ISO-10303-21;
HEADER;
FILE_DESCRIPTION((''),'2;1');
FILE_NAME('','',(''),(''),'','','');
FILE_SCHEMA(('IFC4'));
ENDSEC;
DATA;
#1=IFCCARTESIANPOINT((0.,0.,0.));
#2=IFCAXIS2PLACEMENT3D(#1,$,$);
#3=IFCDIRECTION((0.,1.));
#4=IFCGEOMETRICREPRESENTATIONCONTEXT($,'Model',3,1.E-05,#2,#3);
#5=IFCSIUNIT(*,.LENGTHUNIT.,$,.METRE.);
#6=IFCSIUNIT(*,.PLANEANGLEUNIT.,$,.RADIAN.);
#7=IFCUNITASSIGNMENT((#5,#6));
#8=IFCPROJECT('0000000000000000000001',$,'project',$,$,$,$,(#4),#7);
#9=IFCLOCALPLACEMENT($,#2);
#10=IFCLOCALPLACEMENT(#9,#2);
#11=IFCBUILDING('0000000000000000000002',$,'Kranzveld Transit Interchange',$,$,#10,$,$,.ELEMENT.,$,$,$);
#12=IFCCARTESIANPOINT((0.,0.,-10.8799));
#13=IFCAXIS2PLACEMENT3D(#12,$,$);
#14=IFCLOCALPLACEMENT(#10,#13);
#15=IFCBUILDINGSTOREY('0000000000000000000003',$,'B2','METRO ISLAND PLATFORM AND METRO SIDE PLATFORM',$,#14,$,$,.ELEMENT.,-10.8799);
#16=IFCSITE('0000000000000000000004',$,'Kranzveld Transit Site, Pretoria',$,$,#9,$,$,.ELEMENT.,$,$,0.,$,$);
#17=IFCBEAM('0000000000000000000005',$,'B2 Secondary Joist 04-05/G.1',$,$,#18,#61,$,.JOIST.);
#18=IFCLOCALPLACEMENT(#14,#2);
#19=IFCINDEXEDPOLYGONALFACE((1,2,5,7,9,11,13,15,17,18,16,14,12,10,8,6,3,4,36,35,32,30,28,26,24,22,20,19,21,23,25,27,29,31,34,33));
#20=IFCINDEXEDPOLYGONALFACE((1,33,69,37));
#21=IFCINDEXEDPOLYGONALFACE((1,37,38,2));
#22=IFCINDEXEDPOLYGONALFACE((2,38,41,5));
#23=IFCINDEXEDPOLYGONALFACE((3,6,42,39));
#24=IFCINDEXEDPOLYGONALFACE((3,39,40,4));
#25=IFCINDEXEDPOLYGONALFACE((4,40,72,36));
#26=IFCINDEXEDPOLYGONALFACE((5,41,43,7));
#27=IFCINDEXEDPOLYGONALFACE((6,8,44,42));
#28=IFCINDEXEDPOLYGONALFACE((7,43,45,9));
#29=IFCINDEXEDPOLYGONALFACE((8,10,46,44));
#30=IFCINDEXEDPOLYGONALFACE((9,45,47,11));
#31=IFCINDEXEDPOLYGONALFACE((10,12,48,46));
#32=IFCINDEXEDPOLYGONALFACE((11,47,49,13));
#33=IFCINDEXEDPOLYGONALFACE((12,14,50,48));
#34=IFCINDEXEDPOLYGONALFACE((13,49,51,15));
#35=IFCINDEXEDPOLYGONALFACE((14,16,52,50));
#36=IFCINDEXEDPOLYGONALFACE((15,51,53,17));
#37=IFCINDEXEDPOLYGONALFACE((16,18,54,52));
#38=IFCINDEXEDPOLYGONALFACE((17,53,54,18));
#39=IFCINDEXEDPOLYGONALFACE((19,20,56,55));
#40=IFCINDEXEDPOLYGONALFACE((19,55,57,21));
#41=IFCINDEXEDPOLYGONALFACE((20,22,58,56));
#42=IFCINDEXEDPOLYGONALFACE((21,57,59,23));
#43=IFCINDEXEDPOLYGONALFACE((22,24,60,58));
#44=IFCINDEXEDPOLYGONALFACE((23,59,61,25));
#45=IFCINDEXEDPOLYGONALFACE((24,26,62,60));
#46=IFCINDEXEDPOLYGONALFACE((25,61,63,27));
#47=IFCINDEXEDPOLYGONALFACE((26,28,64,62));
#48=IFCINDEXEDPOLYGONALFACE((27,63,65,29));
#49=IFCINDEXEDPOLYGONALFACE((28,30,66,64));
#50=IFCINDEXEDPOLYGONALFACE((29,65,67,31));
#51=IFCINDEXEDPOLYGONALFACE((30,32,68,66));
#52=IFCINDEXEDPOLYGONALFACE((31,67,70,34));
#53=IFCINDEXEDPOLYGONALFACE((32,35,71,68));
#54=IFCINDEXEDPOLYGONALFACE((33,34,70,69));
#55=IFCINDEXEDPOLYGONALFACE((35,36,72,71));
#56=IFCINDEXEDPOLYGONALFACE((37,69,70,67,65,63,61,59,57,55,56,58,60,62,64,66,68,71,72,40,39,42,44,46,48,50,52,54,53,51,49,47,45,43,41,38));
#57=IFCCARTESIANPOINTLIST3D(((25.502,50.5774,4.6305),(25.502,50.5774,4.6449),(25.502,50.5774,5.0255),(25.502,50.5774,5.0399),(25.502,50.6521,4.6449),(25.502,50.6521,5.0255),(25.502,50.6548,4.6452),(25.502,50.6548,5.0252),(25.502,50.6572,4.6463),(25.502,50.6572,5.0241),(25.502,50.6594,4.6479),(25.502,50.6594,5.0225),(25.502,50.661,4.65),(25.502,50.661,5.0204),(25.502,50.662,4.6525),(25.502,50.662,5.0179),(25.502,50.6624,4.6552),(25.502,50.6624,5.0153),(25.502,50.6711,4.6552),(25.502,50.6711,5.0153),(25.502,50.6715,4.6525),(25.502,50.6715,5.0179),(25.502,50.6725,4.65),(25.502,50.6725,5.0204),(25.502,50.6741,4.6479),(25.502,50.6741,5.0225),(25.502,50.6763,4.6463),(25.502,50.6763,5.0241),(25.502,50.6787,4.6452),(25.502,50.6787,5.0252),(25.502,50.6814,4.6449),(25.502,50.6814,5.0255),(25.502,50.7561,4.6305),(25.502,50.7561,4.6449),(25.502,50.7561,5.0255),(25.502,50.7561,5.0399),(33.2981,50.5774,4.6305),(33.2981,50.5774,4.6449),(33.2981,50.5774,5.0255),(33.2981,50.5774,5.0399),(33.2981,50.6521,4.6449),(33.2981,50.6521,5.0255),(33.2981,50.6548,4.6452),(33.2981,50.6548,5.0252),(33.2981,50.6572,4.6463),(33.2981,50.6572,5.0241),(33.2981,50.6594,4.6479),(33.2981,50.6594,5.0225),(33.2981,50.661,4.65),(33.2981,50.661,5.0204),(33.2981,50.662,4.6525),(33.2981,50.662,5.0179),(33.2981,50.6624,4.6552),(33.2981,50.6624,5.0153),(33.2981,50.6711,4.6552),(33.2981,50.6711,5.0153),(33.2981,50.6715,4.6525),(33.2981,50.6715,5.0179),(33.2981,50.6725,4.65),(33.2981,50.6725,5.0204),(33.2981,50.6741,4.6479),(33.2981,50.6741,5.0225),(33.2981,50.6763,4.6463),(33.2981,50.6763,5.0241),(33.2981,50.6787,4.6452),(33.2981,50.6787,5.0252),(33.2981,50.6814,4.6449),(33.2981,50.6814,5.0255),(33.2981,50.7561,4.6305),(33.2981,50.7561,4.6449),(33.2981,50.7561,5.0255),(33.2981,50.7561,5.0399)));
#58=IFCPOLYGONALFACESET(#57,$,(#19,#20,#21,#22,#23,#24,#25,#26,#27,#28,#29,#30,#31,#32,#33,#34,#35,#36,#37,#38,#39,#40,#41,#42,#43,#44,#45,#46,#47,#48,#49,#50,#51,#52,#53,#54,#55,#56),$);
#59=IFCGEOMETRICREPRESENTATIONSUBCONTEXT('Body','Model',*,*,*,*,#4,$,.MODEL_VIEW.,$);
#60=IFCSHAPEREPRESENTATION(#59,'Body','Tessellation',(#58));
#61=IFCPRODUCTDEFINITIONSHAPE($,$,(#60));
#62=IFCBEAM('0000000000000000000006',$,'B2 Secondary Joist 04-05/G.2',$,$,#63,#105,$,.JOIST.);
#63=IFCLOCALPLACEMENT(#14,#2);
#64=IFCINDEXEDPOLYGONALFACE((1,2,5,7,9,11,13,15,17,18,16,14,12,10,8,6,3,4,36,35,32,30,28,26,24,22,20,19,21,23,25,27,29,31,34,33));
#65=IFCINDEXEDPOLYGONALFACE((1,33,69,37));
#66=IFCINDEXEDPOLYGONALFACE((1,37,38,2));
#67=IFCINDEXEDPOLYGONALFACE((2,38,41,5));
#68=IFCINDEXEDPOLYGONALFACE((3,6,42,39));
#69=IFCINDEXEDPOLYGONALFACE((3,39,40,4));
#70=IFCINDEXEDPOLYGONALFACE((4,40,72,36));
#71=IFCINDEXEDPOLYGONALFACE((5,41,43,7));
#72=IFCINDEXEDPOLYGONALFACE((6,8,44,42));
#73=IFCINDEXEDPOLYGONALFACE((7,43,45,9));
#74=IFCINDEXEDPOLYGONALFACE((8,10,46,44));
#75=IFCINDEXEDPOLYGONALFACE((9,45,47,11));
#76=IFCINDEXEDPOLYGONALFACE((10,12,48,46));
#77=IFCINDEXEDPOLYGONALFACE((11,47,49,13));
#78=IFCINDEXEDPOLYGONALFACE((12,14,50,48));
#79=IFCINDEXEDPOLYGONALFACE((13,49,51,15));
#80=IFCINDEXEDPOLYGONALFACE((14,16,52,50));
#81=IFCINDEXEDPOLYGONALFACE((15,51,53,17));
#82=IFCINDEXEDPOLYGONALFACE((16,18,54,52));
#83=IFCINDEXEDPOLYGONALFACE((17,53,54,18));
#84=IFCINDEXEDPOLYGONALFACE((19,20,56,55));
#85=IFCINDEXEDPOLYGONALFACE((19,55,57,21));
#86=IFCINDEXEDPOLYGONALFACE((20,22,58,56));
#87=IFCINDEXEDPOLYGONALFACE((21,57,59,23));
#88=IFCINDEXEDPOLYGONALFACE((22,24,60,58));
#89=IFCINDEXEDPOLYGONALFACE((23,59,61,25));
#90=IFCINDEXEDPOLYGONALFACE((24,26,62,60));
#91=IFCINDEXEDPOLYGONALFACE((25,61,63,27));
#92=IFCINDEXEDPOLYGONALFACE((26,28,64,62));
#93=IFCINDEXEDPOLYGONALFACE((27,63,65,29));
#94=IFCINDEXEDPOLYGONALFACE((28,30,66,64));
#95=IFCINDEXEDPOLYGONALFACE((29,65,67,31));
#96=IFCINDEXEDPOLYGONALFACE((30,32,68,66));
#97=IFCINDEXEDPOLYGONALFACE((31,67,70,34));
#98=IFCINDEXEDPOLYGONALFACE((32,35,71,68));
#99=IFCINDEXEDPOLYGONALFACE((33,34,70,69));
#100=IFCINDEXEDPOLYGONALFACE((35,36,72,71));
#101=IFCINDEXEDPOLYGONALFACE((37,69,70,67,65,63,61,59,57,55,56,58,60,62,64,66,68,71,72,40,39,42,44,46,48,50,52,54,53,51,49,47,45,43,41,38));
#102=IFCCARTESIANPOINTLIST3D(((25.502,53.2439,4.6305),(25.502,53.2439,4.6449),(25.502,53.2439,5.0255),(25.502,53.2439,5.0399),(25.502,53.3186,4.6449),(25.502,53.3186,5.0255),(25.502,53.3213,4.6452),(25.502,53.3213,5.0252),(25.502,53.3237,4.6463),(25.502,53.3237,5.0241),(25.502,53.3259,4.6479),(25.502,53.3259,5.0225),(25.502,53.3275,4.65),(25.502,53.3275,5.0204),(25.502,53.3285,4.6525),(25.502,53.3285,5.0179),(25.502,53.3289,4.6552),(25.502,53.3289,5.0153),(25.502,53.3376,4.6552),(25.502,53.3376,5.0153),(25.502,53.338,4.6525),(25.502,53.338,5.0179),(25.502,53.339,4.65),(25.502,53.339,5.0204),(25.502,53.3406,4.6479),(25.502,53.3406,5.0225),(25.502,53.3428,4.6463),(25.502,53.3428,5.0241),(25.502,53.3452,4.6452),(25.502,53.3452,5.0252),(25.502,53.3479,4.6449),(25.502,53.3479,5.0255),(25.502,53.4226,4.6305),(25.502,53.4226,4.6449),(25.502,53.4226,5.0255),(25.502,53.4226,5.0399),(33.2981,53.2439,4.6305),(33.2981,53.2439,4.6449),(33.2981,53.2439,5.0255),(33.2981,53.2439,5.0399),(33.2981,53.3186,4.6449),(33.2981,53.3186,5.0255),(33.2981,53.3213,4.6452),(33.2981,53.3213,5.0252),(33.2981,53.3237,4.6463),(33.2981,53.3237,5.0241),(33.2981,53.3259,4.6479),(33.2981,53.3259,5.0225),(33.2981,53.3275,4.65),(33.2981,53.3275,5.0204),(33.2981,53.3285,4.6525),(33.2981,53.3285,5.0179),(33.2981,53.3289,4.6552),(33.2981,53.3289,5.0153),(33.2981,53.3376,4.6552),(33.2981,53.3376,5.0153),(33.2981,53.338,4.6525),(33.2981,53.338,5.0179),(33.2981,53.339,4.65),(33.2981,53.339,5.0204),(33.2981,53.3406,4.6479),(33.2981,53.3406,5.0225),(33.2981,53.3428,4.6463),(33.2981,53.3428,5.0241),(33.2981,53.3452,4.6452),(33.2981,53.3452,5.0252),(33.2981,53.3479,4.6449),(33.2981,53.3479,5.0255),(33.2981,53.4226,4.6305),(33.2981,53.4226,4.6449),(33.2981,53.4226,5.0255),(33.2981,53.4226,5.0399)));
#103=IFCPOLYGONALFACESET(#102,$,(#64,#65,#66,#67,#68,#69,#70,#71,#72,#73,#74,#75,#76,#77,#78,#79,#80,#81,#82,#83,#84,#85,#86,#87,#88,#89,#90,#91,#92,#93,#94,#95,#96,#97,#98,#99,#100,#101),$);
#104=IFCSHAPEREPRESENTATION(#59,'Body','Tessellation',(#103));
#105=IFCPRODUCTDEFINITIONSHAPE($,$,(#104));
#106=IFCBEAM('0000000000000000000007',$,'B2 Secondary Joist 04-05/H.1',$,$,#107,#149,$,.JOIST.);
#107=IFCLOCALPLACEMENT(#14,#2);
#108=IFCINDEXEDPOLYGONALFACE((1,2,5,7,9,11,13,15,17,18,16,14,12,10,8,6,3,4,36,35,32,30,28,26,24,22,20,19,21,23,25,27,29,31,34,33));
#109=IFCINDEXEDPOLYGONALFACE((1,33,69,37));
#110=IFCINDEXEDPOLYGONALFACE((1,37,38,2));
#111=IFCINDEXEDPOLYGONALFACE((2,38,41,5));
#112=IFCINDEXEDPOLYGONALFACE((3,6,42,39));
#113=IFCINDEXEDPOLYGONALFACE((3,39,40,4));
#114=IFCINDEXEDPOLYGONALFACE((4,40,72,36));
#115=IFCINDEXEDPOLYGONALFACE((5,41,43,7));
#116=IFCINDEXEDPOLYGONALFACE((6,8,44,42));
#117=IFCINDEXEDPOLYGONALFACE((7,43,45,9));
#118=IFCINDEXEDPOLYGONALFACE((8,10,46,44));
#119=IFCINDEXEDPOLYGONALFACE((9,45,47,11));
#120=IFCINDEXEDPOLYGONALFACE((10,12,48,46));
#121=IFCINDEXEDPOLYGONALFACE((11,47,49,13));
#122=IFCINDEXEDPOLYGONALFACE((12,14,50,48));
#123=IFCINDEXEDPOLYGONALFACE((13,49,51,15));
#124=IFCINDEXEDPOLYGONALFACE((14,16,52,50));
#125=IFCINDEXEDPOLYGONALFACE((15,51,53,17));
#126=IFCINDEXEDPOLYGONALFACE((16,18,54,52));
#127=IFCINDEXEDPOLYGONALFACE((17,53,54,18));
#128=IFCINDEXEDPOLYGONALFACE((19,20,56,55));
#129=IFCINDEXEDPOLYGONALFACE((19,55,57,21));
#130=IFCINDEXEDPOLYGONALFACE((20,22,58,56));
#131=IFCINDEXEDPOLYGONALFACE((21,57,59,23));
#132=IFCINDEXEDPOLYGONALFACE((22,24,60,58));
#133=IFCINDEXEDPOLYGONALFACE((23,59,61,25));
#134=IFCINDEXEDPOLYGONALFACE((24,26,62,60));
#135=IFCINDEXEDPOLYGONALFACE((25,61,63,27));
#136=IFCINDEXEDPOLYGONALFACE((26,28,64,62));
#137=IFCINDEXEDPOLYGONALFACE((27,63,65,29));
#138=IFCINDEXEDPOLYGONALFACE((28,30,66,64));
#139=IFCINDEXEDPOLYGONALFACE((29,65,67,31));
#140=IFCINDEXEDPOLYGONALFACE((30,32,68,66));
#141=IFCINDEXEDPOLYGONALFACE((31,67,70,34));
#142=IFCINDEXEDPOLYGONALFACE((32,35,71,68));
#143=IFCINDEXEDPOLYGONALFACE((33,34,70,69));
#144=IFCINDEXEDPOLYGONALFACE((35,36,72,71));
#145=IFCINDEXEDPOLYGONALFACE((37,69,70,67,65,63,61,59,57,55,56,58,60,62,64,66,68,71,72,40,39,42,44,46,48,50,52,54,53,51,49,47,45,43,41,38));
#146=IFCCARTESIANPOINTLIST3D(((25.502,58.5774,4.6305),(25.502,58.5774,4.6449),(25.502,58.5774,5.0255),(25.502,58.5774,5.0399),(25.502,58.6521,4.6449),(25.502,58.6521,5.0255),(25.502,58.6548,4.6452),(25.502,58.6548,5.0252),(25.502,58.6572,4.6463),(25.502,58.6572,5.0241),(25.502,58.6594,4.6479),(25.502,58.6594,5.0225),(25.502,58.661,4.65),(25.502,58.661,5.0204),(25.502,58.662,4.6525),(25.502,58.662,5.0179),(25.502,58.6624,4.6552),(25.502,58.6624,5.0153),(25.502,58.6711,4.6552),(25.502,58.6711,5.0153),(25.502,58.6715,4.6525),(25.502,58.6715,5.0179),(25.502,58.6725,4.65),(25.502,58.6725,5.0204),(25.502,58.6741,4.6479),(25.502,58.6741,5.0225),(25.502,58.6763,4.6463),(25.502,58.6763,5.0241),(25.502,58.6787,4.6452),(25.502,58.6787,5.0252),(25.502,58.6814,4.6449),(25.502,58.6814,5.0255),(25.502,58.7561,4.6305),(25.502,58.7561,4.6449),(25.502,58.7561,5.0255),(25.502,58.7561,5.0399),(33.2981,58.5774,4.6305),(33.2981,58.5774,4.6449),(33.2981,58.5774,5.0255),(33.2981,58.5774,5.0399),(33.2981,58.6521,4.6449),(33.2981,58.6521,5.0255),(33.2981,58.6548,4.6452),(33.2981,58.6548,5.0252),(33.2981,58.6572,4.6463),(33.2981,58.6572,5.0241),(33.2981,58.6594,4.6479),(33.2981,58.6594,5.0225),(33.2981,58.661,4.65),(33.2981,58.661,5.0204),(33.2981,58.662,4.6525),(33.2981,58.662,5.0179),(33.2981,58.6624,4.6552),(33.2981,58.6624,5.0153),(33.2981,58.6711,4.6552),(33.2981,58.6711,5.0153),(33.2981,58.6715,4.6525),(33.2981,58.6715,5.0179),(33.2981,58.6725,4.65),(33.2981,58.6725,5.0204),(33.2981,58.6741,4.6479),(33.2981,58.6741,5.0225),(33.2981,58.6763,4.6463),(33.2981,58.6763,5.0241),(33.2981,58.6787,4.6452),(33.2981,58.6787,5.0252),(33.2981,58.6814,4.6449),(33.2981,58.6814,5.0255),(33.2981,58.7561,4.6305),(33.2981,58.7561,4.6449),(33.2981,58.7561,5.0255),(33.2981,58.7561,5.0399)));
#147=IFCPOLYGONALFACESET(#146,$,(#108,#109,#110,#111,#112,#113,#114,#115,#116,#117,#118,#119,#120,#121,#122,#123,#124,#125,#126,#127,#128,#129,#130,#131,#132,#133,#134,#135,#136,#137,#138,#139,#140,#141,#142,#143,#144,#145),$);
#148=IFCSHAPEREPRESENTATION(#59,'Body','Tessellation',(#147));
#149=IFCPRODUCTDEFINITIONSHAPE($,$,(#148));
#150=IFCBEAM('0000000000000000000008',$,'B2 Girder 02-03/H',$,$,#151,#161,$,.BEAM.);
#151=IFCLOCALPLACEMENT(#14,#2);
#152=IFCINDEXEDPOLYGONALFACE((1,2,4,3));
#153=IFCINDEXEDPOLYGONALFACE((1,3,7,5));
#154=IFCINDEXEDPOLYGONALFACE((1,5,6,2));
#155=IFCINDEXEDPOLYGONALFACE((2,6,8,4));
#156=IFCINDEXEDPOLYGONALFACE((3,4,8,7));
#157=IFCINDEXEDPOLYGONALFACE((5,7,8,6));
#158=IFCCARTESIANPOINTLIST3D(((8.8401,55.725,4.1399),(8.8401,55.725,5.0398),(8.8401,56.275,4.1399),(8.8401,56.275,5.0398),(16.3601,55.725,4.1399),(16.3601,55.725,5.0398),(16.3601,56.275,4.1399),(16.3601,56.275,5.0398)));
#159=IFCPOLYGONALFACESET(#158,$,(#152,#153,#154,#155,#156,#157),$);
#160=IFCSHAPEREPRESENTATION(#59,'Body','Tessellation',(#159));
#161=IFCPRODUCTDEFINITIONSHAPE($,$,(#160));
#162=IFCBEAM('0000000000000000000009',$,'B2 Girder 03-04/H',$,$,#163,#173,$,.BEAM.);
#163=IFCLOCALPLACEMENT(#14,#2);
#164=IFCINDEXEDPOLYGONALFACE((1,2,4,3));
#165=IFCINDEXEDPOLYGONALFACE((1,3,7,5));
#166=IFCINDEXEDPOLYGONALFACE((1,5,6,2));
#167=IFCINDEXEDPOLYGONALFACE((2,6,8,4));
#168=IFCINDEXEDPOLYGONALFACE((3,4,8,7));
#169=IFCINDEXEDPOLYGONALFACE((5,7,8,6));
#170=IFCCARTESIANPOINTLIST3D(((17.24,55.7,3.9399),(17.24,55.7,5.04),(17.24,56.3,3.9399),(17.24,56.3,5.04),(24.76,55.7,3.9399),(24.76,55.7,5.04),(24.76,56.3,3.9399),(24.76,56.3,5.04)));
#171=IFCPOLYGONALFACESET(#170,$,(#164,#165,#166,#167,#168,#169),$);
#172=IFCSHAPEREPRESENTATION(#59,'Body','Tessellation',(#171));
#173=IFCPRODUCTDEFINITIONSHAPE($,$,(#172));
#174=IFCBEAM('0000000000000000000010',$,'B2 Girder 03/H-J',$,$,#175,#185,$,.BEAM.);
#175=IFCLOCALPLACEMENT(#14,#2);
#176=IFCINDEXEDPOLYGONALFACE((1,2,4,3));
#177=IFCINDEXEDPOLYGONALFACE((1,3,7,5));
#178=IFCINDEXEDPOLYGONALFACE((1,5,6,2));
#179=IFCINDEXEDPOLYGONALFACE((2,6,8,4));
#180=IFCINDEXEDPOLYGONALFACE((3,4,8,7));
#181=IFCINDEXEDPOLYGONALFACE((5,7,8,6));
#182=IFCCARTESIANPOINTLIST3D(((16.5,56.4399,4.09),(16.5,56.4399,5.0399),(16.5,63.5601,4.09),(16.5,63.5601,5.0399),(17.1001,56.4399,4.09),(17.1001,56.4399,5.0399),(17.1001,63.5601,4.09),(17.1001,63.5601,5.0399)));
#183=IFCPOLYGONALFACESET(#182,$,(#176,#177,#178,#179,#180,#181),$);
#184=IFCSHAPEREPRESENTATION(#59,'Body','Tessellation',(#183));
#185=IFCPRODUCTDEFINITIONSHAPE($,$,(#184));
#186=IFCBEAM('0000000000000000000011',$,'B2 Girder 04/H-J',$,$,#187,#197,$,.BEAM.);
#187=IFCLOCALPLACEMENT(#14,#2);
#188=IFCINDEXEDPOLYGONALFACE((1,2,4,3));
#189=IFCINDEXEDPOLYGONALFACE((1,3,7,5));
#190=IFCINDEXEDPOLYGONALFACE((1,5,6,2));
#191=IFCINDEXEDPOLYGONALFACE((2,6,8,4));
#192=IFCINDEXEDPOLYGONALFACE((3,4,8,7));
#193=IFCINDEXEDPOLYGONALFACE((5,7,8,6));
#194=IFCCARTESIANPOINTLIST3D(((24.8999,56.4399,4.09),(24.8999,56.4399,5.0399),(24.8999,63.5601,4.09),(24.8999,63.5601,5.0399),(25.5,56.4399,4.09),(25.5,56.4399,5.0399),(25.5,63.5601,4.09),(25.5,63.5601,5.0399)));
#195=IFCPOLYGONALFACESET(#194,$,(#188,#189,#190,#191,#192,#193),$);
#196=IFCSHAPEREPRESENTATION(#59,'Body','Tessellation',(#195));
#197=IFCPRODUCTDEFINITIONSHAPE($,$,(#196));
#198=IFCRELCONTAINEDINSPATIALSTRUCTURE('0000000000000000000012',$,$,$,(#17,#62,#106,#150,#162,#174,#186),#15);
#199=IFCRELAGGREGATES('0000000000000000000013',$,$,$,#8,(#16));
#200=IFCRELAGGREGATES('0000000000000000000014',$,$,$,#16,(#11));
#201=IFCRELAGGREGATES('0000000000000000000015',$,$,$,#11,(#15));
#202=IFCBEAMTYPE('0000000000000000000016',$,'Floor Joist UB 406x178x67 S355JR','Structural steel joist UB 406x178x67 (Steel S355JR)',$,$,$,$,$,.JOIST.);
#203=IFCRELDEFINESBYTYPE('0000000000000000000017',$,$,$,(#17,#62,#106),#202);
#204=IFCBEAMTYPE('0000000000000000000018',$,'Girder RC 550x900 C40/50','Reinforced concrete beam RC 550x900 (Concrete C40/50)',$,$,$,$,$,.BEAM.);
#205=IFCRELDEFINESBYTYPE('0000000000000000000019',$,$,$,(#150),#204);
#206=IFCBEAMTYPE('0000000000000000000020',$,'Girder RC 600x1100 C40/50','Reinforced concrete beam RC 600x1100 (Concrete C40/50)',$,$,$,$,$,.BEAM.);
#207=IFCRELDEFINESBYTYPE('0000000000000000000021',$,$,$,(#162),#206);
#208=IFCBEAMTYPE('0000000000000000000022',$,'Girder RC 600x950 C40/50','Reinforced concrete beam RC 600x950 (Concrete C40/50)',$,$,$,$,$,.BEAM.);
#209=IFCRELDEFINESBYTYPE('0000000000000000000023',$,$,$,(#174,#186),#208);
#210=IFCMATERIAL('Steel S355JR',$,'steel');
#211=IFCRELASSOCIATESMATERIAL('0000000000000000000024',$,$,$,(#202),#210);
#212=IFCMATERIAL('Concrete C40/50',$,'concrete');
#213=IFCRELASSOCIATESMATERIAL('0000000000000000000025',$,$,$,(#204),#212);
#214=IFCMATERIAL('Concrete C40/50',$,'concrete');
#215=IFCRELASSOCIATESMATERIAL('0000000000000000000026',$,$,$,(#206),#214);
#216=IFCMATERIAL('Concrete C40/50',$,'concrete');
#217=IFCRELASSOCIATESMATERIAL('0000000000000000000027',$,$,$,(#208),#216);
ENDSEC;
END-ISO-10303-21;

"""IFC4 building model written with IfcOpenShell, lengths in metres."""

from ifc_helpers import new_model, si_unit, direction, frame, origin, origin_2d, place, context, subcontext, project, spatial, rectangle, i_section, extrude, material, material_profile, profile_set, type_object, element, save


model = new_model("IFC4")

# Units and contexts
model_context = context("Model", 3, precision=1e-05, world=origin(), true_north=direction((0.0, 1.0)))
body_context = subcontext(model_context, "Body", "Model", "MODEL_VIEW")
ifc_project = project(units=[si_unit("LENGTHUNIT", "METRE"), si_unit("PLANEANGLEUNIT", "RADIAN")], contexts=[model_context])

# Site, building, storey
site_placement = place(None, origin())
site = spatial("IfcSite", under=ifc_project, at=site_placement, Name="Kranzveld Transit Site, Pretoria", CompositionType="ELEMENT", RefElevation=0.0)
building_placement = place(site_placement, origin())
building = spatial("IfcBuilding", under=site, at=building_placement, Name="Kranzveld Transit Interchange", CompositionType="ELEMENT")
storey_placement = place(building_placement, frame((0.0, 0.0, -10.8799)))
storey = spatial("IfcBuildingStorey", under=building, at=storey_placement, Name="B2", Description="METRO ISLAND PLATFORM AND METRO SIDE PLATFORM", CompositionType="ELEMENT", Elevation=-10.8799)

# Beams
ifc_material_1 = material(Name="Steel S355JR", Category="steel")
ifc_material_profile_1 = material_profile(ifc_material_1, i_section(OverallWidth=0.1787, OverallDepth=0.4094, WebThickness=0.0088, FlangeThickness=0.0144, FilletRadius=0.0103, at=origin_2d()), Name="UB 406x178x67")
ifc_profile_set_1 = profile_set([ifc_material_profile_1], Name="Steel S355JR")
beam_type_1 = type_object("IfcBeamType", Name="Floor Joist UB 406x178x67 S355JR", Description="Structural steel joist UB 406x178x67 (Steel S355JR)", PredefinedType="JOIST", material=ifc_profile_set_1)
for number, where, z_axis, x_axis, name in (
    (1, (25.502, 50.6667, 4.8352), (1.0, 0.0, 0.0), (0.0, 1.0, 0.0), "B2 Secondary Joist 04-05/G.1"),
    (2, (25.502, 53.3333, 4.8352), (1.0, 0.0, 0.0), (0.0, 1.0, 0.0), "B2 Secondary Joist 04-05/G.2"),
    (3, (25.502, 58.6667, 4.8352), (1.0, 0.0, 0.0), (0.0, 1.0, 0.0), "B2 Secondary Joist 04-05/H.1"),
):
    element("IfcBeam", number, at=place(storey_placement, frame(where, z_axis=z_axis, x_axis=x_axis)), inside=storey, type_object=beam_type_1, Name=name, PredefinedType="JOIST", context=body_context, shape_type="SweptSolid", body=[
        extrude(i_section(OverallWidth=0.1787, OverallDepth=0.4094, WebThickness=0.0088, FlangeThickness=0.0144, FilletRadius=0.0103, at=origin_2d()), origin(), (0.0, 0.0, 1.0), 7.7961),
    ])
ifc_material_2 = material(Name="Concrete C40/50", Category="concrete")
ifc_material_profile_2 = material_profile(ifc_material_2, rectangle(XDim=0.55, YDim=0.8999, at=origin_2d()), Name="RC 550x900")
ifc_profile_set_2 = profile_set([ifc_material_profile_2], Name="Concrete C40/50")
beam_type_2 = type_object("IfcBeamType", Name="Girder RC 550x900 C40/50", Description="Reinforced concrete beam RC 550x900 (Concrete C40/50)", PredefinedType="BEAM", material=ifc_profile_set_2)
beam_1_placement = place(storey_placement, frame((8.8401, 56.0, 4.5898), z_axis=(1.0, 0.0, 0.0), x_axis=(0.0, 1.0, 0.0)))
element("IfcBeam", 4, at=beam_1_placement, inside=storey, type_object=beam_type_2, Name="B2 Girder 02-03/H", PredefinedType="BEAM", context=body_context, shape_type="SweptSolid", body=[
    extrude(rectangle(XDim=0.55, YDim=0.8999, at=origin_2d()), origin(), (0.0, 0.0, 1.0), 7.52),
])
ifc_material_3 = material(Name="Concrete C40/50", Category="concrete")
ifc_material_profile_3 = material_profile(ifc_material_3, rectangle(XDim=0.6001, YDim=1.1001, at=origin_2d()), Name="RC 600x1100")
ifc_profile_set_3 = profile_set([ifc_material_profile_3], Name="Concrete C40/50")
beam_type_3 = type_object("IfcBeamType", Name="Girder RC 600x1100 C40/50", Description="Reinforced concrete beam RC 600x1100 (Concrete C40/50)", PredefinedType="BEAM", material=ifc_profile_set_3)
beam_2_placement = place(storey_placement, frame((17.24, 56.0, 4.49), z_axis=(1.0, 0.0, 0.0), x_axis=(0.0, 1.0, 0.0)))
element("IfcBeam", 5, at=beam_2_placement, inside=storey, type_object=beam_type_3, Name="B2 Girder 03-04/H", PredefinedType="BEAM", context=body_context, shape_type="SweptSolid", body=[
    extrude(rectangle(XDim=0.6001, YDim=1.1001, at=origin_2d()), origin(), (0.0, 0.0, 1.0), 7.52),
])
ifc_material_4 = material(Name="Concrete C40/50", Category="concrete")
ifc_material_profile_4 = material_profile(ifc_material_4, rectangle(XDim=0.6001, YDim=0.95, at=origin_2d()), Name="RC 600x950")
ifc_profile_set_4 = profile_set([ifc_material_profile_4], Name="Concrete C40/50")
beam_type_4 = type_object("IfcBeamType", Name="Girder RC 600x950 C40/50", Description="Reinforced concrete beam RC 600x950 (Concrete C40/50)", PredefinedType="BEAM", material=ifc_profile_set_4)
for number, where, z_axis, x_axis, name in (
    (6, (16.8, 56.4399, 4.5649), (0.0, 1.0, 0.0), (-1.0, 0.0, 0.0), "B2 Girder 03/H-J"),
    (7, (25.2, 56.4399, 4.5649), (0.0, 1.0, 0.0), (-1.0, 0.0, 0.0), "B2 Girder 04/H-J"),
):
    element("IfcBeam", number, at=place(storey_placement, frame(where, z_axis=z_axis, x_axis=x_axis)), inside=storey, type_object=beam_type_4, Name=name, PredefinedType="BEAM", context=body_context, shape_type="SweptSolid", body=[
        extrude(rectangle(XDim=0.6001, YDim=0.95, at=origin_2d()), origin(), (0.0, 0.0, 1.0), 7.1201),
    ])

save(model, "model.ifc")
